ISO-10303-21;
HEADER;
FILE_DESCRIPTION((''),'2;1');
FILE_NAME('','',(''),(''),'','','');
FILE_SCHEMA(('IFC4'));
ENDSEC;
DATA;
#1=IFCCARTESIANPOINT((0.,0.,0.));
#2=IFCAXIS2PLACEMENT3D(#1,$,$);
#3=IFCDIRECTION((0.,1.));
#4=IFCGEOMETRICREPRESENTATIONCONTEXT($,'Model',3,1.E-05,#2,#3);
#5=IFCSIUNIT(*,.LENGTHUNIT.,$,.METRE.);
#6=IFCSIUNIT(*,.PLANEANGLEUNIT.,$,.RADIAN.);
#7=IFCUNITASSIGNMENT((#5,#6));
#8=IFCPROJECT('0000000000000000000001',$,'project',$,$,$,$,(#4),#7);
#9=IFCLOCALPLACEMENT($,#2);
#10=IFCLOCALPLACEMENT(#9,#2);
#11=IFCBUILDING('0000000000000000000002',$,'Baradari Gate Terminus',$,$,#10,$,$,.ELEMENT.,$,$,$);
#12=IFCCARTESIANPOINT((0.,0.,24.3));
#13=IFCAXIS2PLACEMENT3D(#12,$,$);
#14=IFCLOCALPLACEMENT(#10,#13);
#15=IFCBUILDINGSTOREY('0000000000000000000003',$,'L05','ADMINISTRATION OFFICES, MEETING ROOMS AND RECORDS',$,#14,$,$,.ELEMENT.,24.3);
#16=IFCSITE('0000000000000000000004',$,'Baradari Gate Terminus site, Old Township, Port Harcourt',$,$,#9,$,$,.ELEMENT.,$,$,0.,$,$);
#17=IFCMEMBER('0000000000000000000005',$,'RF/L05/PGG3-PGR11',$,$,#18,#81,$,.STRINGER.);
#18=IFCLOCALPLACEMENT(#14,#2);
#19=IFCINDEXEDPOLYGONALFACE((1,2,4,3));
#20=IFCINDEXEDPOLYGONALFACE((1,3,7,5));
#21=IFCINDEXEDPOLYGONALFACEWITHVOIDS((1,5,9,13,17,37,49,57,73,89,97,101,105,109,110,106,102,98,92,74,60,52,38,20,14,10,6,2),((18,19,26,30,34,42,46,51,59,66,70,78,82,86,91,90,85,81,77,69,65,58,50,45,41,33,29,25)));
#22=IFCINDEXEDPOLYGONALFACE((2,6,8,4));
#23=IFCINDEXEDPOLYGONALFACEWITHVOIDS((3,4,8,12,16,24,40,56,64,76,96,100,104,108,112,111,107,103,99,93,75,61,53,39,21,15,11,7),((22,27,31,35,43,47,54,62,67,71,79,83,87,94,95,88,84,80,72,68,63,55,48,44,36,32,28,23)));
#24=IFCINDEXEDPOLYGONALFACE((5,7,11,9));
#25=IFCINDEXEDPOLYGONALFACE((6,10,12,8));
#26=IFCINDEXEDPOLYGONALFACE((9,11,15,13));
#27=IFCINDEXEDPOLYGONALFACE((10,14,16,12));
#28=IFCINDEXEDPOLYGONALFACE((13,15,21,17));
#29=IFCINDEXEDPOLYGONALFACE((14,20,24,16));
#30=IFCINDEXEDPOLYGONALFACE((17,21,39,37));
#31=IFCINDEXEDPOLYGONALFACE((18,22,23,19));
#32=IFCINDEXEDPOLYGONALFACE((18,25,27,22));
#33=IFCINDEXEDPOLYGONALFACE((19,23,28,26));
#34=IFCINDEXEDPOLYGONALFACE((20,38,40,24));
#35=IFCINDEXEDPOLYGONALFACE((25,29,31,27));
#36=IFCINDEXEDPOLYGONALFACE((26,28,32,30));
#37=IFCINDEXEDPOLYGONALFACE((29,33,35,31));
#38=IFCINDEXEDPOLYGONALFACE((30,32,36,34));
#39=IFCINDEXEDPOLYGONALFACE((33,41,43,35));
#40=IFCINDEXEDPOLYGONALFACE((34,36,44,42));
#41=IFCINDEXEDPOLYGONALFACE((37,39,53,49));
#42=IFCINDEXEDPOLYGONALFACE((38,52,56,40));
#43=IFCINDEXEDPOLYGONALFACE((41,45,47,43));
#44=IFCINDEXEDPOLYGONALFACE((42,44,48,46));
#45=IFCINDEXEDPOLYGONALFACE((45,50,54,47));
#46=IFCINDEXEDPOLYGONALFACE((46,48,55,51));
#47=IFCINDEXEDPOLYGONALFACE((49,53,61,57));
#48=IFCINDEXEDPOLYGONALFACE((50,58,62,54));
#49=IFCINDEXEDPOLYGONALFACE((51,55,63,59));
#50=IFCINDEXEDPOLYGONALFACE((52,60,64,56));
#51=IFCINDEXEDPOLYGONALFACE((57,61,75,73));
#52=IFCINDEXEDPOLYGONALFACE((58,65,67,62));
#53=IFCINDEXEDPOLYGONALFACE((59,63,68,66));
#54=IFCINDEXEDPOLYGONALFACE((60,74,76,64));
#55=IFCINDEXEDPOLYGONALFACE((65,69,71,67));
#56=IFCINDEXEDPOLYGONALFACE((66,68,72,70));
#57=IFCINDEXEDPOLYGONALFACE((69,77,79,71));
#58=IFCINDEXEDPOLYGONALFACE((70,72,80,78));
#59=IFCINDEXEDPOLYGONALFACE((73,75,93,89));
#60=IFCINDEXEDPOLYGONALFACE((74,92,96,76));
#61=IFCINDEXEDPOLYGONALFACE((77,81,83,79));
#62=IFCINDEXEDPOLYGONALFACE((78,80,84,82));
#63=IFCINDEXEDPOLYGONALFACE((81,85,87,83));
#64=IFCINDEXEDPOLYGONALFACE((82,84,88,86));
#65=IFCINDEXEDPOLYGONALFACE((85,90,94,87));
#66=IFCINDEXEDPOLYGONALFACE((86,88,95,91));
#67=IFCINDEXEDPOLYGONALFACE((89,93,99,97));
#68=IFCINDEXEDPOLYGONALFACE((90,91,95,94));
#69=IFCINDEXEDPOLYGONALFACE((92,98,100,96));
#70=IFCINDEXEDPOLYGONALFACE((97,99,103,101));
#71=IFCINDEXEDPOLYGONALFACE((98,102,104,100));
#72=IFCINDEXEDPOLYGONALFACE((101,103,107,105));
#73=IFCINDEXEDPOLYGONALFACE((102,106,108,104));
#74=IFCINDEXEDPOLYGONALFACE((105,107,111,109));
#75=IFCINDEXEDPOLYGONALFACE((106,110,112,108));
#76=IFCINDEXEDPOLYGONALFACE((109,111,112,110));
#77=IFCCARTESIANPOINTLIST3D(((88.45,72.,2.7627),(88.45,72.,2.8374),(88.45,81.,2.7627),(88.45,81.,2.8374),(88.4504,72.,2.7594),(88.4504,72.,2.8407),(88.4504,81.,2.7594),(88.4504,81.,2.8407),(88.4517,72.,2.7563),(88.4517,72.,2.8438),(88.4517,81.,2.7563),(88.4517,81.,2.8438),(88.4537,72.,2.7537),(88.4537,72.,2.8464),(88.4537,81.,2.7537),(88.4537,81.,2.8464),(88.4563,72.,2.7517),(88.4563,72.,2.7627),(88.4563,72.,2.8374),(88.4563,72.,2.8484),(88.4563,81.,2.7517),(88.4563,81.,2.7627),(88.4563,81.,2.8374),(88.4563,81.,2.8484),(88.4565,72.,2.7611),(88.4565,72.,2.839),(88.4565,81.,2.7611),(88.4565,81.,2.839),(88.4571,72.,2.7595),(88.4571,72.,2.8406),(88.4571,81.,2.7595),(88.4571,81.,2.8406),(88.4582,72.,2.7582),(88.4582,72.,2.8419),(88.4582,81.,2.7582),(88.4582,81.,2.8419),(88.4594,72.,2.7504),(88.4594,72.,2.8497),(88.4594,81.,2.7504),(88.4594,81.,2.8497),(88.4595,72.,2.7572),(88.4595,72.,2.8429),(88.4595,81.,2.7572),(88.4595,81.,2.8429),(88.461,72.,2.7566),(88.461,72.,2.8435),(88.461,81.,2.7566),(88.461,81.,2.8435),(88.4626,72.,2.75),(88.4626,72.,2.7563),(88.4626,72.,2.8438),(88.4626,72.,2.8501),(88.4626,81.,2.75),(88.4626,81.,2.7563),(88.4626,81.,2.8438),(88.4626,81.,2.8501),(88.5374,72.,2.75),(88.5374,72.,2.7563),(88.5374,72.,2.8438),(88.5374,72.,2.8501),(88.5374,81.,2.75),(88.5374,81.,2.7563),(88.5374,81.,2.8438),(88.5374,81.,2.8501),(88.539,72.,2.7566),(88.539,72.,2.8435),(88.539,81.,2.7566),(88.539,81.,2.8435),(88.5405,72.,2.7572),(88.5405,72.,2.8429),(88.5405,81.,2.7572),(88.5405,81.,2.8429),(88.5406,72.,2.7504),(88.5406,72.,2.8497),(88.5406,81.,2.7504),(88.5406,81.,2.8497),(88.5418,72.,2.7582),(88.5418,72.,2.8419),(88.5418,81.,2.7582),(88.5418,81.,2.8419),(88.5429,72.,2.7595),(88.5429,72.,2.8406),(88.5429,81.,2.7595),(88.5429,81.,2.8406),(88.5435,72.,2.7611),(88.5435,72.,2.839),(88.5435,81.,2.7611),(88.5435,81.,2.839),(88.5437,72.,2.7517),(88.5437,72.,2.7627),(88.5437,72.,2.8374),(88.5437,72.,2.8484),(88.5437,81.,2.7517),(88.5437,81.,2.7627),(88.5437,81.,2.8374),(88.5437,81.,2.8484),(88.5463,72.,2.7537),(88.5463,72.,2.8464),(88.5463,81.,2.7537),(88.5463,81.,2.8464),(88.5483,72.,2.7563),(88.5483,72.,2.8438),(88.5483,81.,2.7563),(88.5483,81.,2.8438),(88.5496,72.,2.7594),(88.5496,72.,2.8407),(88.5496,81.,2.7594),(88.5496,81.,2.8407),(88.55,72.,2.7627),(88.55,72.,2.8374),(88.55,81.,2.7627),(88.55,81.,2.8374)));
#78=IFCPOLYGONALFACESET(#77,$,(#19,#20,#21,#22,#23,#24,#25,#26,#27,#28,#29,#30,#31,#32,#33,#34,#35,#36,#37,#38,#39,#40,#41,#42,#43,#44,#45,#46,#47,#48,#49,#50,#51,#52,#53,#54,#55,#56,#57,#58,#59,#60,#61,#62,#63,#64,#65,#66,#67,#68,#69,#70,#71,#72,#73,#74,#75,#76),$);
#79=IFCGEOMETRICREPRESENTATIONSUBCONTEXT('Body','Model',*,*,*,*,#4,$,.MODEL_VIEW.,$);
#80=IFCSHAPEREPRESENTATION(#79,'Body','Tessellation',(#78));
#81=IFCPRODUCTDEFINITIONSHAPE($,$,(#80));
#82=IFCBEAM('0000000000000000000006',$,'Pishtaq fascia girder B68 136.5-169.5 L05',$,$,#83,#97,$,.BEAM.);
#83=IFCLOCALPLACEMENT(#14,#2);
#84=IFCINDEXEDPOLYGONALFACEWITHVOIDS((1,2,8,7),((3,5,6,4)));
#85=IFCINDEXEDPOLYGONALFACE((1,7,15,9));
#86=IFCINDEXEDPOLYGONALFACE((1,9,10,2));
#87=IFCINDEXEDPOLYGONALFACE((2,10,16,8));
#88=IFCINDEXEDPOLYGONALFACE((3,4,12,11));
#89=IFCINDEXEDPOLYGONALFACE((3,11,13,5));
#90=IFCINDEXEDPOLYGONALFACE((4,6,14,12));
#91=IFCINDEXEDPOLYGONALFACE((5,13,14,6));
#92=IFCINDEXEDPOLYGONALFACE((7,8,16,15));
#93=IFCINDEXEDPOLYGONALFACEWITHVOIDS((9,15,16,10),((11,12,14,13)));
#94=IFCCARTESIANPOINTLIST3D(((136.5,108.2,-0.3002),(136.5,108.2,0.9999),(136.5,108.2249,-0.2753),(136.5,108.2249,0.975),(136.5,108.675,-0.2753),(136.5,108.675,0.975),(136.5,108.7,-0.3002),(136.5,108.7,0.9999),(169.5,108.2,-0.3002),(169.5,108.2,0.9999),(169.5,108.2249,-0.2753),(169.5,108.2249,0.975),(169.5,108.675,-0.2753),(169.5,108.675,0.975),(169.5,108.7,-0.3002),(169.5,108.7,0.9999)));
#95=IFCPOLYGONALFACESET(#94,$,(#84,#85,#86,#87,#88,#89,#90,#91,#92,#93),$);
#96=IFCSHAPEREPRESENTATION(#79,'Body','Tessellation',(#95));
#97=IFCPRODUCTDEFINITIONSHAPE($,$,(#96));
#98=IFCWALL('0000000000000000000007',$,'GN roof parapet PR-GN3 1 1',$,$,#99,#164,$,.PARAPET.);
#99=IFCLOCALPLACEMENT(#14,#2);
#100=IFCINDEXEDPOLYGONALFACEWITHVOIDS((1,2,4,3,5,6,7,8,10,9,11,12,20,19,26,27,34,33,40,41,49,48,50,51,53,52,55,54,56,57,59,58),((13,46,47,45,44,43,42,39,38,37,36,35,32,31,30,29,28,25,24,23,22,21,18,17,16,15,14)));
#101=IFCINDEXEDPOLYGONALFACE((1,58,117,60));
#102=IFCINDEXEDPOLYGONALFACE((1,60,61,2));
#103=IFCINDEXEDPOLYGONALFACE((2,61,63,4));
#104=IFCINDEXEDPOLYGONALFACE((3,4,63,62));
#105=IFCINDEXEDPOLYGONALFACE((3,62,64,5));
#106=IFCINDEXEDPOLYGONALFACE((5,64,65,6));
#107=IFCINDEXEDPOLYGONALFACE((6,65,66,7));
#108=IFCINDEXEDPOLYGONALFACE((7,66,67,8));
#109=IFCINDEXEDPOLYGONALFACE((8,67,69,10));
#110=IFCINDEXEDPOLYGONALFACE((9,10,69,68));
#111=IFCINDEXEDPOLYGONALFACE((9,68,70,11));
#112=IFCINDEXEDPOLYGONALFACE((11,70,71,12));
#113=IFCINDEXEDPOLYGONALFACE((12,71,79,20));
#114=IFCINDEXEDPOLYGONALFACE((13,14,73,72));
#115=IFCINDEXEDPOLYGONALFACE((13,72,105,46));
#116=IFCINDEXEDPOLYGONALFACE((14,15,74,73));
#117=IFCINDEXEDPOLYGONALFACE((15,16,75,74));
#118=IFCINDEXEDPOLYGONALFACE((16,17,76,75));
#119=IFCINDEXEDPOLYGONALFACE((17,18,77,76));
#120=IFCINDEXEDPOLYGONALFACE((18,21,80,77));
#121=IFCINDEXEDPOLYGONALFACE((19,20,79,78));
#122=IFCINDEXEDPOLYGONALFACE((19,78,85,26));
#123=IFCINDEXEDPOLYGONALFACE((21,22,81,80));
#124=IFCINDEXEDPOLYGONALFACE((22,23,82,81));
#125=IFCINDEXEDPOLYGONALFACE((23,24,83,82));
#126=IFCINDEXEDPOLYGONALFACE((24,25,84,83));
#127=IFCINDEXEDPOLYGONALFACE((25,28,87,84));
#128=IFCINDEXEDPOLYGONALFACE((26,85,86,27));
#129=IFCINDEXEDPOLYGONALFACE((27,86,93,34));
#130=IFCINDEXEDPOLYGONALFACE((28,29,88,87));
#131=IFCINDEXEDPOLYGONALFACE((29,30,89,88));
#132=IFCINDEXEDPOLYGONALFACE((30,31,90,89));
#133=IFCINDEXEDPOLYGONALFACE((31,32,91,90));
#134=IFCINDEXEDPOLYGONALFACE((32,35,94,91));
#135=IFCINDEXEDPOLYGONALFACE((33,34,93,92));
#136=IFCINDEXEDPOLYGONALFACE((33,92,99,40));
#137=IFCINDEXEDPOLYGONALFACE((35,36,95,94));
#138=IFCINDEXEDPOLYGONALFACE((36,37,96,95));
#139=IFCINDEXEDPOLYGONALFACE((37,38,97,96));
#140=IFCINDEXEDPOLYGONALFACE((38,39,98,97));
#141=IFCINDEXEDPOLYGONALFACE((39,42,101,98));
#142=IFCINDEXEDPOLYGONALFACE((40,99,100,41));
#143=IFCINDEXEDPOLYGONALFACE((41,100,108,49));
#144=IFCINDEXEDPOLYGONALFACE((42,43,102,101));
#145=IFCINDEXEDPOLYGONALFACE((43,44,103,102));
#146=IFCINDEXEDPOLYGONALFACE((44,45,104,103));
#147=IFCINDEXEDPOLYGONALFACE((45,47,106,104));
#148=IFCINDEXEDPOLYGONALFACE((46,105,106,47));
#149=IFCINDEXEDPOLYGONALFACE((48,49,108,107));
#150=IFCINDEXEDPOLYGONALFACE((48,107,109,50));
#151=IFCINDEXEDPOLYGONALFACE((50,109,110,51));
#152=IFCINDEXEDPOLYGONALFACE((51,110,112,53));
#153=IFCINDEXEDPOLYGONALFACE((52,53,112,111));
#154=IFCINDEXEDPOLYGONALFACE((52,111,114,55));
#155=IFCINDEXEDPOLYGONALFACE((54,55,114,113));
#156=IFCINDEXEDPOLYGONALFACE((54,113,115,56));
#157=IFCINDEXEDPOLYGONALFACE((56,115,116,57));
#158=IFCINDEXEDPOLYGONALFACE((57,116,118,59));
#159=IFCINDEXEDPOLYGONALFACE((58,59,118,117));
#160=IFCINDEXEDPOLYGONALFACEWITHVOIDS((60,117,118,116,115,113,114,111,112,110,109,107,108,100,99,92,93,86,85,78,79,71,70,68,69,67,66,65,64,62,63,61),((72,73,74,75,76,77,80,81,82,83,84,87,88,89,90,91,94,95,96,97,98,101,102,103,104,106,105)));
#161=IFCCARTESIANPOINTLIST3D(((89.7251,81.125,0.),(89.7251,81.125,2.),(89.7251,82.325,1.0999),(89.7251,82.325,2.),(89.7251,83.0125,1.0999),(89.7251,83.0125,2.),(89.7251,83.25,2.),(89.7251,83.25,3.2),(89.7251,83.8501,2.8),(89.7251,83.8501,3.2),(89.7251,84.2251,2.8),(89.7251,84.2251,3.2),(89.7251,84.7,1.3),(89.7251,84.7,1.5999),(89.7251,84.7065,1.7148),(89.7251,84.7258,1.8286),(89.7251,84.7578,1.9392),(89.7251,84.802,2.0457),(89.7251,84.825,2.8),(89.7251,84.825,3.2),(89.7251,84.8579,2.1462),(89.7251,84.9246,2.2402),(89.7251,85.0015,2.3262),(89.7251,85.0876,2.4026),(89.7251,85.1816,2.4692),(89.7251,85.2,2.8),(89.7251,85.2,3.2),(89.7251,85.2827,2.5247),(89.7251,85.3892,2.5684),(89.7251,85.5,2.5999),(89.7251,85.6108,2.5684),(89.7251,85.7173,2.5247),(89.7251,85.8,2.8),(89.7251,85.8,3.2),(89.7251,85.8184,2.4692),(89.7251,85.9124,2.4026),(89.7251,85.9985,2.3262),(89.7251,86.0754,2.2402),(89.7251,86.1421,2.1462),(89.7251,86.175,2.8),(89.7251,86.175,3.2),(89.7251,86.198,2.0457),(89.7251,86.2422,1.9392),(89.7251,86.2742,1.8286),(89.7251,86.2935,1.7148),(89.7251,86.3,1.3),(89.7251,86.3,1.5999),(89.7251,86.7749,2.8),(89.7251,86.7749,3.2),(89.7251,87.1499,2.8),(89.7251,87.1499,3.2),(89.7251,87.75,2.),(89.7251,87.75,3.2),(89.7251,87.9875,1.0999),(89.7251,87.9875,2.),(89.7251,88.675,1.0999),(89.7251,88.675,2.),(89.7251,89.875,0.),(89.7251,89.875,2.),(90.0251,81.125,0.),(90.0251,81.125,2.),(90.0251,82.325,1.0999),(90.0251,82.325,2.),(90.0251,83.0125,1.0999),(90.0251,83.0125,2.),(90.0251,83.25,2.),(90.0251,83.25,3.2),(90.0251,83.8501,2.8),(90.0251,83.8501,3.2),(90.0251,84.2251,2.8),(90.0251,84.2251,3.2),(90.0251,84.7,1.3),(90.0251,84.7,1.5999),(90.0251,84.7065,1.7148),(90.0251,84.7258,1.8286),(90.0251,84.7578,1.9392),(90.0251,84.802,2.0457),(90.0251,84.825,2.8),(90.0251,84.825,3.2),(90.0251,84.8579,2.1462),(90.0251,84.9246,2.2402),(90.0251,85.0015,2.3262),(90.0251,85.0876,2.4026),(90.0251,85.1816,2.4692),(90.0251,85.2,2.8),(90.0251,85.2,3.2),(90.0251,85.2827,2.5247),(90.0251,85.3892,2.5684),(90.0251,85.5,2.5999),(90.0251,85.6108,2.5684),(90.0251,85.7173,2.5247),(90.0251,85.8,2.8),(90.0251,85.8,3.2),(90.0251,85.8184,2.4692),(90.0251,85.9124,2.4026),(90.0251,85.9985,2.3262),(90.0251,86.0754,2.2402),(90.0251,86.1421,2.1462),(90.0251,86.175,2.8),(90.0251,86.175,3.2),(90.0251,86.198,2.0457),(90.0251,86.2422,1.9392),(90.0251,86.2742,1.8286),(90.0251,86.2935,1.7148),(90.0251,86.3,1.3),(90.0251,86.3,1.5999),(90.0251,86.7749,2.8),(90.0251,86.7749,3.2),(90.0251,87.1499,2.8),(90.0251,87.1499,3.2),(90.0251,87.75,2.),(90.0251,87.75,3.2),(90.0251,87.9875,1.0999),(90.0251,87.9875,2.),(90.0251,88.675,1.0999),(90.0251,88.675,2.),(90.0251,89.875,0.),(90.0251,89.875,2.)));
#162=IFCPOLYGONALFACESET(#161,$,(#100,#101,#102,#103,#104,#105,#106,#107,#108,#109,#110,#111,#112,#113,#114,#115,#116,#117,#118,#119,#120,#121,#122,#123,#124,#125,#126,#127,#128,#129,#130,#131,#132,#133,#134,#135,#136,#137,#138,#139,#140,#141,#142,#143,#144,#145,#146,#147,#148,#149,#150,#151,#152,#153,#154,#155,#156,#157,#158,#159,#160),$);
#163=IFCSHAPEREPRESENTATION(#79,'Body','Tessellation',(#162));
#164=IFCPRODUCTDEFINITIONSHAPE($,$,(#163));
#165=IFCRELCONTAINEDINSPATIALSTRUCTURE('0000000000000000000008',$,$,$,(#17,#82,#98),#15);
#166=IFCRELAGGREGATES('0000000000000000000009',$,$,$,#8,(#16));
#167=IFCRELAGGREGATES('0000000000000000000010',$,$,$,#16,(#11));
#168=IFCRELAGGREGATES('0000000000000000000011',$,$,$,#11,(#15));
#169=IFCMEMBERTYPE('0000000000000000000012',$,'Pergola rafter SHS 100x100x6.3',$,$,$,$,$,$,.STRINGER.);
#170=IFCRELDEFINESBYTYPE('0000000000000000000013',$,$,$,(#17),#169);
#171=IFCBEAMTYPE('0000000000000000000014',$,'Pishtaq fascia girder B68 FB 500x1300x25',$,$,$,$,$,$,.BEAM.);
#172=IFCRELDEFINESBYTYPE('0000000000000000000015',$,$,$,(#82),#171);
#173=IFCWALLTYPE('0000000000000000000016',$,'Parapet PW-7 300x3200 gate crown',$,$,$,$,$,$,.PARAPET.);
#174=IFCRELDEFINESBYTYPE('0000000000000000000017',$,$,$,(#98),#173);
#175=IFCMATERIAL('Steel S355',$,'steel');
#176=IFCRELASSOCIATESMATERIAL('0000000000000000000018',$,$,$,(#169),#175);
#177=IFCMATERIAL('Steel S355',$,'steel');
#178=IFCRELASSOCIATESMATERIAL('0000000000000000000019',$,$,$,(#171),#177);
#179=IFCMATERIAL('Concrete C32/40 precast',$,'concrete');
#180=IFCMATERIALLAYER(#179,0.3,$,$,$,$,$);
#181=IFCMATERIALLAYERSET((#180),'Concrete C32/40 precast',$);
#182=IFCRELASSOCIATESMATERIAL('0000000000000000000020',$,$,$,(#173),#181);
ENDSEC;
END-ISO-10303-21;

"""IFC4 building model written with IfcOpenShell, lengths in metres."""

from ifc_helpers import new_model, si_unit, direction, frame, origin, origin_2d, place, context, subcontext, project, spatial, polyline, hollow_rectangle, outline, extrude, material, layer, layer_set, material_profile, profile_set, type_object, element, save


model = new_model("IFC4")

# Units and contexts
model_context = context("Model", 3, precision=1e-05, world=origin(), true_north=direction((0.0, 1.0)))
body_context = subcontext(model_context, "Body", "Model", "MODEL_VIEW")
ifc_project = project(units=[si_unit("LENGTHUNIT", "METRE"), si_unit("PLANEANGLEUNIT", "RADIAN")], contexts=[model_context])

# Site, building, storey
site_placement = place(None, origin())
site = spatial("IfcSite", under=ifc_project, at=site_placement, Name="Baradari Gate Terminus site, Old Township, Port Harcourt", CompositionType="ELEMENT", RefElevation=0.0)
building_placement = place(site_placement, origin())
building = spatial("IfcBuilding", under=site, at=building_placement, Name="Baradari Gate Terminus", CompositionType="ELEMENT")
storey_placement = place(building_placement, frame((0.0, 0.0, 24.3)))
storey = spatial("IfcBuildingStorey", under=building, at=storey_placement, Name="L05", Description="ADMINISTRATION OFFICES, MEETING ROOMS AND RECORDS", CompositionType="ELEMENT", Elevation=24.3)

# Member
ifc_material_1 = material(Name="Steel S355", Category="steel")
ifc_material_profile_1 = material_profile(ifc_material_1, hollow_rectangle(XDim=0.1001, YDim=0.1001, WallThickness=0.0063, InnerFilletRadius=0.0063, OuterFilletRadius=0.0127, at=origin_2d()), Name="SHS 100x100x6.3")
ifc_profile_set_1 = profile_set([ifc_material_profile_1], Name="Steel S355")
member_type = type_object("IfcMemberType", Name="Pergola rafter SHS 100x100x6.3", PredefinedType="STRINGER", material=ifc_profile_set_1)
for number, where, z_axis, x_axis, name in (
    (1, (88.5, 72.0, 2.8), (0.0, 1.0, 0.0), (-1.0, 0.0, 0.0), "RF/L05/PGG3-PGR11"),
):
    element("IfcMember", number, at=place(storey_placement, frame(where, z_axis=z_axis, x_axis=x_axis)), inside=storey, type_object=member_type, Name=name, PredefinedType="STRINGER", context=body_context, shape_type="SweptSolid", body=[
        extrude(hollow_rectangle(XDim=0.1001, YDim=0.1001, WallThickness=0.0063, InnerFilletRadius=0.0063, OuterFilletRadius=0.0127, at=origin_2d()), origin(), (0.0, 0.0, 1.0), 9.0),
    ])

# Beam
ifc_material_2 = material(Name="Steel S355", Category="steel")
ifc_material_profile_2 = material_profile(ifc_material_2, hollow_rectangle(XDim=0.5, YDim=1.3, WallThickness=0.0249, at=origin_2d()), Name="FB 500x1300x25")
ifc_profile_set_2 = profile_set([ifc_material_profile_2], Name="Steel S355")
beam_type = type_object("IfcBeamType", Name="Pishtaq fascia girder B68 FB 500x1300x25", PredefinedType="BEAM", material=ifc_profile_set_2)
beam_placement = place(storey_placement, frame((136.5, 108.45, 0.3499), z_axis=(1.0, 0.0, 0.0), x_axis=(0.0, 1.0, 0.0)))
element("IfcBeam", 2, at=beam_placement, inside=storey, type_object=beam_type, Name="Pishtaq fascia girder B68 136.5-169.5 L05", PredefinedType="BEAM", context=body_context, shape_type="SweptSolid", body=[
    extrude(hollow_rectangle(XDim=0.5, YDim=1.3, WallThickness=0.0249, at=origin_2d()), origin(), (0.0, 0.0, 1.0), 33.0),
])

# Wall
ifc_material_3 = material(Name="Concrete C32/40 precast", Category="concrete")
ifc_layer_1 = layer(ifc_material_3, 0.3)
ifc_layer_set_1 = layer_set([ifc_layer_1], Name="Concrete C32/40 precast")
wall_type = type_object("IfcWallType", Name="Parapet PW-7 300x3200 gate crown", PredefinedType="PARAPET", material=ifc_layer_set_1)
wall_1_placement = place(storey_placement, frame((89.875, 81.125, 0.0), z_axis=(0.0, 0.0, 1.0), x_axis=(0.0, 1.0, 0.0)))
element("IfcWall", 3, at=wall_1_placement, inside=storey, type_object=wall_type, Name="GN roof parapet PR-GN3 1 1", PredefinedType="PARAPET", context=body_context, shape_type="SweptSolid", body=[
    extrude(outline(polyline([(1.8875, 2.0), (1.8875, 1.0999), (1.2, 1.0999), (1.2, 2.0), (0.0, 2.0), (0.0, 0.0), (8.75, 0.0), (8.75, 2.0), (7.55, 2.0), (7.55, 1.0999), (6.8625, 1.0999), (6.8625, 2.0), (6.625, 2.0), (6.625, 3.2), (6.0249, 3.2), (6.0249, 2.8), (5.6499, 2.8), (5.6499, 3.2), (5.05, 3.2), (5.05, 2.8), (4.675, 2.8), (4.675, 3.2), (4.075, 3.2), (4.075, 2.8), (3.7, 2.8), (3.7, 3.2), (3.1001, 3.2), (3.1001, 2.8), (2.7251, 2.8), (2.7251, 3.2), (2.125, 3.2), (2.125, 2.0), (1.8875, 2.0)]), holes=[polyline([(3.575, 1.3), (3.575, 1.5999), (3.5815, 1.7148), (3.6008, 1.8286), (3.6328, 1.9392), (3.677, 2.0457), (3.7329, 2.1462), (3.7996, 2.2402), (3.8765, 2.3262), (3.9626, 2.4026), (4.0566, 2.4692), (4.1577, 2.5247), (4.2642, 2.5684), (4.375, 2.5999), (4.4858, 2.5684), (4.5923, 2.5247), (4.6934, 2.4692), (4.7874, 2.4026), (4.8735, 2.3262), (4.9504, 2.2402), (5.0171, 2.1462), (5.073, 2.0457), (5.1172, 1.9392), (5.1492, 1.8286), (5.1685, 1.7148), (5.175, 1.5999), (5.175, 1.3), (3.575, 1.3)])]), frame((0.0, 0.1499, 0.0), z_axis=(0.0, -1.0, 0.0), x_axis=(1.0, 0.0, 0.0)), (0.0, 0.0, 1.0), 0.3),
])

save(model, "model.ifc")
